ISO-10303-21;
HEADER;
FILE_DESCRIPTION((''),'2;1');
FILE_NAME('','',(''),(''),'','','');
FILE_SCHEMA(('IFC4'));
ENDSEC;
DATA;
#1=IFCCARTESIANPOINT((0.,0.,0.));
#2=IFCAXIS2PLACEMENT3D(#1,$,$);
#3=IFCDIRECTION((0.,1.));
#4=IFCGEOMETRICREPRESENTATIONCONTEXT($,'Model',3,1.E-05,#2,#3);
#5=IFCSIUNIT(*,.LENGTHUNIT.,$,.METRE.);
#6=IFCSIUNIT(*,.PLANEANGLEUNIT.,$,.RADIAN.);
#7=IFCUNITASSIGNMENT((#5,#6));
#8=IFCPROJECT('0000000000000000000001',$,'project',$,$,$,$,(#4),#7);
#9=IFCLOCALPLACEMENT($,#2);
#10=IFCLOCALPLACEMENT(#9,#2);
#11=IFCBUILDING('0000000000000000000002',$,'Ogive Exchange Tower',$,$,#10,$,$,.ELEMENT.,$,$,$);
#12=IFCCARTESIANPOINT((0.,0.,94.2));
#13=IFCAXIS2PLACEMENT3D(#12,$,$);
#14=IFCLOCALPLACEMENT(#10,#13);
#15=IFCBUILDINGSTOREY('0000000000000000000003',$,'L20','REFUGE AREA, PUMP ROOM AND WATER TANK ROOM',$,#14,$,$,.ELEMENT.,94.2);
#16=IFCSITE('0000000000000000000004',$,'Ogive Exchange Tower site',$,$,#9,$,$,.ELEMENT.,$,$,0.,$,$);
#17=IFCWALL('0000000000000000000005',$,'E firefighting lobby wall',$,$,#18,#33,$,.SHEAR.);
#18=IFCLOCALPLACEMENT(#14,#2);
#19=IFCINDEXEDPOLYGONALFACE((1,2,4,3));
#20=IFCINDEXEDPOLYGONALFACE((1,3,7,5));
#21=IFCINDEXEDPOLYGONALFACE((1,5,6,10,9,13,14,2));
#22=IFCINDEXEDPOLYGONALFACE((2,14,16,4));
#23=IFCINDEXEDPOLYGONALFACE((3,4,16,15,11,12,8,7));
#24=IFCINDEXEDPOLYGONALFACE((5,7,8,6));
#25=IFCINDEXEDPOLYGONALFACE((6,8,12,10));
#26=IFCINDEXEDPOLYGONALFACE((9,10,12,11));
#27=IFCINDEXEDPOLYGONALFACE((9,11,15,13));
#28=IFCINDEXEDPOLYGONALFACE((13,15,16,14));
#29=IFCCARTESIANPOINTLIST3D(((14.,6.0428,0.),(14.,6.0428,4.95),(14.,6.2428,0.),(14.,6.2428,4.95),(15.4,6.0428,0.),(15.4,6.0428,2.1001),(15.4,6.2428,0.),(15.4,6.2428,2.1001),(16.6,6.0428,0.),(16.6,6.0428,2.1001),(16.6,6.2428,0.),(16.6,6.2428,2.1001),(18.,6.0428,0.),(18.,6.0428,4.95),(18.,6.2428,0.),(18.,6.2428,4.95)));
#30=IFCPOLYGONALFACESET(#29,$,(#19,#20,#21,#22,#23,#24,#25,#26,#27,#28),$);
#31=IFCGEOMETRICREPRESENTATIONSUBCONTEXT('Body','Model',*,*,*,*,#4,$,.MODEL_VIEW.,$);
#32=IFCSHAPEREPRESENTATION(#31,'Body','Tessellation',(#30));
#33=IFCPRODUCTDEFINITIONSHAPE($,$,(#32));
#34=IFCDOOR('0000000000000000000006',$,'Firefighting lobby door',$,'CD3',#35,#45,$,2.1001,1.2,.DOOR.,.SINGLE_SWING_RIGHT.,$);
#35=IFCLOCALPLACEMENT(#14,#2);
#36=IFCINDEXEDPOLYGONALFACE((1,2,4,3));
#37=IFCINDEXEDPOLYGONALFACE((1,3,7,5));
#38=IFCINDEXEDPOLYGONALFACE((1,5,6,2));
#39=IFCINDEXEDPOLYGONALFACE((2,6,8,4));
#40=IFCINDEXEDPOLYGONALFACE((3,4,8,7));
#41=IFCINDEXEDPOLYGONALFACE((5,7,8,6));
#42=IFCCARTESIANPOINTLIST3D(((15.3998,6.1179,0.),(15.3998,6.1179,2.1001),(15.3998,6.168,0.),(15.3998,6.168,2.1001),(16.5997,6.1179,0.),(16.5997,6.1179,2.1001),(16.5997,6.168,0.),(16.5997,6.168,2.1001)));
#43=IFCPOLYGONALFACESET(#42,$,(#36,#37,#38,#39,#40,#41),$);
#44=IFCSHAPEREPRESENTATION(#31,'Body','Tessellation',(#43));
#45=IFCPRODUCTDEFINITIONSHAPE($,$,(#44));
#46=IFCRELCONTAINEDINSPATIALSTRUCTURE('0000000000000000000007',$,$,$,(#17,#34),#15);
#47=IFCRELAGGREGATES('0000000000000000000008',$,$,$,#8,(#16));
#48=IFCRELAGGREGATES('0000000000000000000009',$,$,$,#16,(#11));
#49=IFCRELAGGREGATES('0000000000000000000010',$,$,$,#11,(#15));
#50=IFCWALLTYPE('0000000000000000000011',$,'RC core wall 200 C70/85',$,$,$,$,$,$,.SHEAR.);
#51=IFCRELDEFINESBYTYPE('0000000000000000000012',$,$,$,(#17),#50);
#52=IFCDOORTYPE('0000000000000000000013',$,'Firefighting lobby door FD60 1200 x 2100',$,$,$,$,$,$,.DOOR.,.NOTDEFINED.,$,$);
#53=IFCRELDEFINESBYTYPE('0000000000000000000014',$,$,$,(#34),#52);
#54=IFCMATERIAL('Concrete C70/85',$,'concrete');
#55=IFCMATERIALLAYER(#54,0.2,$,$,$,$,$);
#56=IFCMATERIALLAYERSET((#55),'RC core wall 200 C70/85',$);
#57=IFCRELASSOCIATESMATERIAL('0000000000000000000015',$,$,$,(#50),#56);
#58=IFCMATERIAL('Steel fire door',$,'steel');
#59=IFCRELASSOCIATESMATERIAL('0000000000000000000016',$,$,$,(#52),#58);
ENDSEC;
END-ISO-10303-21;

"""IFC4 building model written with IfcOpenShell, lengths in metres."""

from ifc_helpers import new_model, si_unit, direction, frame, frame_2d, origin, place, context, subcontext, project, spatial, rectangle, extrude, material, layer, layer_set, type_object, element, fill, save


model = new_model("IFC4")

# Units and contexts
model_context = context("Model", 3, precision=1e-05, world=origin(), true_north=direction((0.0, 1.0)))
body_context = subcontext(model_context, "Body", "Model", "MODEL_VIEW")
ifc_project = project(units=[si_unit("LENGTHUNIT", "METRE"), si_unit("PLANEANGLEUNIT", "RADIAN")], contexts=[model_context])

# Site, building, storey
site_placement = place(None, origin())
site = spatial("IfcSite", under=ifc_project, at=site_placement, Name="Ogive Exchange Tower site", CompositionType="ELEMENT", RefElevation=0.0)
building_placement = place(site_placement, origin())
building = spatial("IfcBuilding", under=site, at=building_placement, Name="Ogive Exchange Tower", CompositionType="ELEMENT")
storey_placement = place(building_placement, frame((0.0, 0.0, 94.2)))
storey = spatial("IfcBuildingStorey", under=building, at=storey_placement, Name="L20", Description="REFUGE AREA, PUMP ROOM AND WATER TANK ROOM", CompositionType="ELEMENT", Elevation=94.2)

# Wall, opening, door
ifc_material_1 = material(Name="Concrete C70/85", Category="concrete")
ifc_layer_1 = layer(ifc_material_1, 0.2)
ifc_layer_set_1 = layer_set([ifc_layer_1], Name="RC core wall 200 C70/85")
wall_type_1 = type_object("IfcWallType", Name="RC core wall 200 C70/85", PredefinedType="SHEAR", material=ifc_layer_set_1)
wall_1_placement = place(storey_placement, frame((14.0, 6.1428, 0.0), z_axis=(0.0, 0.0, 1.0), x_axis=(1.0, 0.0, 0.0)))
wall_1 = element("IfcWall", 1, at=wall_1_placement, inside=storey, type_object=wall_type_1, Name="E firefighting lobby wall", PredefinedType="SHEAR", context=body_context, shape_type="SweptSolid", body=[
    extrude(rectangle(XDim=4.0, YDim=0.2, at=frame_2d((2.0, 0.0))), origin(), (0.0, 0.0, 1.0), 4.95),
])
opening_1_placement = place(wall_1_placement, frame((1.3999, 0.0, 0.0)))
opening_1 = element("IfcOpeningElement", 2, at=opening_1_placement, cuts=wall_1, PredefinedType="OPENING", context=body_context, shape_type="SweptSolid", body=[
    extrude(rectangle(XDim=1.2, YDim=2.1001, at=frame_2d((0.6001, 1.05))), frame((0.0, 0.1099, 0.0), z_axis=(0.0, -1.0, 0.0), x_axis=(1.0, 0.0, 0.0)), (0.0, 0.0, 1.0), 0.22),
])
ifc_material_2 = material(Name="Steel fire door", Category="steel")
door_type_1 = type_object("IfcDoorType", Name="Firefighting lobby door FD60 1200 x 2100", OperationType="NOTDEFINED", PredefinedType="DOOR", material=ifc_material_2)
door_1_placement = place(opening_1_placement, frame((1.2, 0.0, 0.0), z_axis=(0.0, 0.0, 1.0), x_axis=(-1.0, 0.0, 0.0)))
door_1 = element("IfcDoor", 3, at=door_1_placement, inside=storey, type_object=door_type_1, Name="Firefighting lobby door", ObjectType="CD3", OperationType="SINGLE_SWING_RIGHT", OverallHeight=2.1001, OverallWidth=1.2, PredefinedType="DOOR", context=body_context, shape_type="SweptSolid", body=[
    extrude(rectangle(XDim=1.2, YDim=2.1001, at=frame_2d((0.6001, 1.05))), frame((0.0, 0.0249, 0.0), z_axis=(0.0, -1.0, 0.0), x_axis=(1.0, 0.0, 0.0)), (0.0, 0.0, 1.0), 0.05),
])
fill(opening_1, door_1)

save(model, "model.ifc")
